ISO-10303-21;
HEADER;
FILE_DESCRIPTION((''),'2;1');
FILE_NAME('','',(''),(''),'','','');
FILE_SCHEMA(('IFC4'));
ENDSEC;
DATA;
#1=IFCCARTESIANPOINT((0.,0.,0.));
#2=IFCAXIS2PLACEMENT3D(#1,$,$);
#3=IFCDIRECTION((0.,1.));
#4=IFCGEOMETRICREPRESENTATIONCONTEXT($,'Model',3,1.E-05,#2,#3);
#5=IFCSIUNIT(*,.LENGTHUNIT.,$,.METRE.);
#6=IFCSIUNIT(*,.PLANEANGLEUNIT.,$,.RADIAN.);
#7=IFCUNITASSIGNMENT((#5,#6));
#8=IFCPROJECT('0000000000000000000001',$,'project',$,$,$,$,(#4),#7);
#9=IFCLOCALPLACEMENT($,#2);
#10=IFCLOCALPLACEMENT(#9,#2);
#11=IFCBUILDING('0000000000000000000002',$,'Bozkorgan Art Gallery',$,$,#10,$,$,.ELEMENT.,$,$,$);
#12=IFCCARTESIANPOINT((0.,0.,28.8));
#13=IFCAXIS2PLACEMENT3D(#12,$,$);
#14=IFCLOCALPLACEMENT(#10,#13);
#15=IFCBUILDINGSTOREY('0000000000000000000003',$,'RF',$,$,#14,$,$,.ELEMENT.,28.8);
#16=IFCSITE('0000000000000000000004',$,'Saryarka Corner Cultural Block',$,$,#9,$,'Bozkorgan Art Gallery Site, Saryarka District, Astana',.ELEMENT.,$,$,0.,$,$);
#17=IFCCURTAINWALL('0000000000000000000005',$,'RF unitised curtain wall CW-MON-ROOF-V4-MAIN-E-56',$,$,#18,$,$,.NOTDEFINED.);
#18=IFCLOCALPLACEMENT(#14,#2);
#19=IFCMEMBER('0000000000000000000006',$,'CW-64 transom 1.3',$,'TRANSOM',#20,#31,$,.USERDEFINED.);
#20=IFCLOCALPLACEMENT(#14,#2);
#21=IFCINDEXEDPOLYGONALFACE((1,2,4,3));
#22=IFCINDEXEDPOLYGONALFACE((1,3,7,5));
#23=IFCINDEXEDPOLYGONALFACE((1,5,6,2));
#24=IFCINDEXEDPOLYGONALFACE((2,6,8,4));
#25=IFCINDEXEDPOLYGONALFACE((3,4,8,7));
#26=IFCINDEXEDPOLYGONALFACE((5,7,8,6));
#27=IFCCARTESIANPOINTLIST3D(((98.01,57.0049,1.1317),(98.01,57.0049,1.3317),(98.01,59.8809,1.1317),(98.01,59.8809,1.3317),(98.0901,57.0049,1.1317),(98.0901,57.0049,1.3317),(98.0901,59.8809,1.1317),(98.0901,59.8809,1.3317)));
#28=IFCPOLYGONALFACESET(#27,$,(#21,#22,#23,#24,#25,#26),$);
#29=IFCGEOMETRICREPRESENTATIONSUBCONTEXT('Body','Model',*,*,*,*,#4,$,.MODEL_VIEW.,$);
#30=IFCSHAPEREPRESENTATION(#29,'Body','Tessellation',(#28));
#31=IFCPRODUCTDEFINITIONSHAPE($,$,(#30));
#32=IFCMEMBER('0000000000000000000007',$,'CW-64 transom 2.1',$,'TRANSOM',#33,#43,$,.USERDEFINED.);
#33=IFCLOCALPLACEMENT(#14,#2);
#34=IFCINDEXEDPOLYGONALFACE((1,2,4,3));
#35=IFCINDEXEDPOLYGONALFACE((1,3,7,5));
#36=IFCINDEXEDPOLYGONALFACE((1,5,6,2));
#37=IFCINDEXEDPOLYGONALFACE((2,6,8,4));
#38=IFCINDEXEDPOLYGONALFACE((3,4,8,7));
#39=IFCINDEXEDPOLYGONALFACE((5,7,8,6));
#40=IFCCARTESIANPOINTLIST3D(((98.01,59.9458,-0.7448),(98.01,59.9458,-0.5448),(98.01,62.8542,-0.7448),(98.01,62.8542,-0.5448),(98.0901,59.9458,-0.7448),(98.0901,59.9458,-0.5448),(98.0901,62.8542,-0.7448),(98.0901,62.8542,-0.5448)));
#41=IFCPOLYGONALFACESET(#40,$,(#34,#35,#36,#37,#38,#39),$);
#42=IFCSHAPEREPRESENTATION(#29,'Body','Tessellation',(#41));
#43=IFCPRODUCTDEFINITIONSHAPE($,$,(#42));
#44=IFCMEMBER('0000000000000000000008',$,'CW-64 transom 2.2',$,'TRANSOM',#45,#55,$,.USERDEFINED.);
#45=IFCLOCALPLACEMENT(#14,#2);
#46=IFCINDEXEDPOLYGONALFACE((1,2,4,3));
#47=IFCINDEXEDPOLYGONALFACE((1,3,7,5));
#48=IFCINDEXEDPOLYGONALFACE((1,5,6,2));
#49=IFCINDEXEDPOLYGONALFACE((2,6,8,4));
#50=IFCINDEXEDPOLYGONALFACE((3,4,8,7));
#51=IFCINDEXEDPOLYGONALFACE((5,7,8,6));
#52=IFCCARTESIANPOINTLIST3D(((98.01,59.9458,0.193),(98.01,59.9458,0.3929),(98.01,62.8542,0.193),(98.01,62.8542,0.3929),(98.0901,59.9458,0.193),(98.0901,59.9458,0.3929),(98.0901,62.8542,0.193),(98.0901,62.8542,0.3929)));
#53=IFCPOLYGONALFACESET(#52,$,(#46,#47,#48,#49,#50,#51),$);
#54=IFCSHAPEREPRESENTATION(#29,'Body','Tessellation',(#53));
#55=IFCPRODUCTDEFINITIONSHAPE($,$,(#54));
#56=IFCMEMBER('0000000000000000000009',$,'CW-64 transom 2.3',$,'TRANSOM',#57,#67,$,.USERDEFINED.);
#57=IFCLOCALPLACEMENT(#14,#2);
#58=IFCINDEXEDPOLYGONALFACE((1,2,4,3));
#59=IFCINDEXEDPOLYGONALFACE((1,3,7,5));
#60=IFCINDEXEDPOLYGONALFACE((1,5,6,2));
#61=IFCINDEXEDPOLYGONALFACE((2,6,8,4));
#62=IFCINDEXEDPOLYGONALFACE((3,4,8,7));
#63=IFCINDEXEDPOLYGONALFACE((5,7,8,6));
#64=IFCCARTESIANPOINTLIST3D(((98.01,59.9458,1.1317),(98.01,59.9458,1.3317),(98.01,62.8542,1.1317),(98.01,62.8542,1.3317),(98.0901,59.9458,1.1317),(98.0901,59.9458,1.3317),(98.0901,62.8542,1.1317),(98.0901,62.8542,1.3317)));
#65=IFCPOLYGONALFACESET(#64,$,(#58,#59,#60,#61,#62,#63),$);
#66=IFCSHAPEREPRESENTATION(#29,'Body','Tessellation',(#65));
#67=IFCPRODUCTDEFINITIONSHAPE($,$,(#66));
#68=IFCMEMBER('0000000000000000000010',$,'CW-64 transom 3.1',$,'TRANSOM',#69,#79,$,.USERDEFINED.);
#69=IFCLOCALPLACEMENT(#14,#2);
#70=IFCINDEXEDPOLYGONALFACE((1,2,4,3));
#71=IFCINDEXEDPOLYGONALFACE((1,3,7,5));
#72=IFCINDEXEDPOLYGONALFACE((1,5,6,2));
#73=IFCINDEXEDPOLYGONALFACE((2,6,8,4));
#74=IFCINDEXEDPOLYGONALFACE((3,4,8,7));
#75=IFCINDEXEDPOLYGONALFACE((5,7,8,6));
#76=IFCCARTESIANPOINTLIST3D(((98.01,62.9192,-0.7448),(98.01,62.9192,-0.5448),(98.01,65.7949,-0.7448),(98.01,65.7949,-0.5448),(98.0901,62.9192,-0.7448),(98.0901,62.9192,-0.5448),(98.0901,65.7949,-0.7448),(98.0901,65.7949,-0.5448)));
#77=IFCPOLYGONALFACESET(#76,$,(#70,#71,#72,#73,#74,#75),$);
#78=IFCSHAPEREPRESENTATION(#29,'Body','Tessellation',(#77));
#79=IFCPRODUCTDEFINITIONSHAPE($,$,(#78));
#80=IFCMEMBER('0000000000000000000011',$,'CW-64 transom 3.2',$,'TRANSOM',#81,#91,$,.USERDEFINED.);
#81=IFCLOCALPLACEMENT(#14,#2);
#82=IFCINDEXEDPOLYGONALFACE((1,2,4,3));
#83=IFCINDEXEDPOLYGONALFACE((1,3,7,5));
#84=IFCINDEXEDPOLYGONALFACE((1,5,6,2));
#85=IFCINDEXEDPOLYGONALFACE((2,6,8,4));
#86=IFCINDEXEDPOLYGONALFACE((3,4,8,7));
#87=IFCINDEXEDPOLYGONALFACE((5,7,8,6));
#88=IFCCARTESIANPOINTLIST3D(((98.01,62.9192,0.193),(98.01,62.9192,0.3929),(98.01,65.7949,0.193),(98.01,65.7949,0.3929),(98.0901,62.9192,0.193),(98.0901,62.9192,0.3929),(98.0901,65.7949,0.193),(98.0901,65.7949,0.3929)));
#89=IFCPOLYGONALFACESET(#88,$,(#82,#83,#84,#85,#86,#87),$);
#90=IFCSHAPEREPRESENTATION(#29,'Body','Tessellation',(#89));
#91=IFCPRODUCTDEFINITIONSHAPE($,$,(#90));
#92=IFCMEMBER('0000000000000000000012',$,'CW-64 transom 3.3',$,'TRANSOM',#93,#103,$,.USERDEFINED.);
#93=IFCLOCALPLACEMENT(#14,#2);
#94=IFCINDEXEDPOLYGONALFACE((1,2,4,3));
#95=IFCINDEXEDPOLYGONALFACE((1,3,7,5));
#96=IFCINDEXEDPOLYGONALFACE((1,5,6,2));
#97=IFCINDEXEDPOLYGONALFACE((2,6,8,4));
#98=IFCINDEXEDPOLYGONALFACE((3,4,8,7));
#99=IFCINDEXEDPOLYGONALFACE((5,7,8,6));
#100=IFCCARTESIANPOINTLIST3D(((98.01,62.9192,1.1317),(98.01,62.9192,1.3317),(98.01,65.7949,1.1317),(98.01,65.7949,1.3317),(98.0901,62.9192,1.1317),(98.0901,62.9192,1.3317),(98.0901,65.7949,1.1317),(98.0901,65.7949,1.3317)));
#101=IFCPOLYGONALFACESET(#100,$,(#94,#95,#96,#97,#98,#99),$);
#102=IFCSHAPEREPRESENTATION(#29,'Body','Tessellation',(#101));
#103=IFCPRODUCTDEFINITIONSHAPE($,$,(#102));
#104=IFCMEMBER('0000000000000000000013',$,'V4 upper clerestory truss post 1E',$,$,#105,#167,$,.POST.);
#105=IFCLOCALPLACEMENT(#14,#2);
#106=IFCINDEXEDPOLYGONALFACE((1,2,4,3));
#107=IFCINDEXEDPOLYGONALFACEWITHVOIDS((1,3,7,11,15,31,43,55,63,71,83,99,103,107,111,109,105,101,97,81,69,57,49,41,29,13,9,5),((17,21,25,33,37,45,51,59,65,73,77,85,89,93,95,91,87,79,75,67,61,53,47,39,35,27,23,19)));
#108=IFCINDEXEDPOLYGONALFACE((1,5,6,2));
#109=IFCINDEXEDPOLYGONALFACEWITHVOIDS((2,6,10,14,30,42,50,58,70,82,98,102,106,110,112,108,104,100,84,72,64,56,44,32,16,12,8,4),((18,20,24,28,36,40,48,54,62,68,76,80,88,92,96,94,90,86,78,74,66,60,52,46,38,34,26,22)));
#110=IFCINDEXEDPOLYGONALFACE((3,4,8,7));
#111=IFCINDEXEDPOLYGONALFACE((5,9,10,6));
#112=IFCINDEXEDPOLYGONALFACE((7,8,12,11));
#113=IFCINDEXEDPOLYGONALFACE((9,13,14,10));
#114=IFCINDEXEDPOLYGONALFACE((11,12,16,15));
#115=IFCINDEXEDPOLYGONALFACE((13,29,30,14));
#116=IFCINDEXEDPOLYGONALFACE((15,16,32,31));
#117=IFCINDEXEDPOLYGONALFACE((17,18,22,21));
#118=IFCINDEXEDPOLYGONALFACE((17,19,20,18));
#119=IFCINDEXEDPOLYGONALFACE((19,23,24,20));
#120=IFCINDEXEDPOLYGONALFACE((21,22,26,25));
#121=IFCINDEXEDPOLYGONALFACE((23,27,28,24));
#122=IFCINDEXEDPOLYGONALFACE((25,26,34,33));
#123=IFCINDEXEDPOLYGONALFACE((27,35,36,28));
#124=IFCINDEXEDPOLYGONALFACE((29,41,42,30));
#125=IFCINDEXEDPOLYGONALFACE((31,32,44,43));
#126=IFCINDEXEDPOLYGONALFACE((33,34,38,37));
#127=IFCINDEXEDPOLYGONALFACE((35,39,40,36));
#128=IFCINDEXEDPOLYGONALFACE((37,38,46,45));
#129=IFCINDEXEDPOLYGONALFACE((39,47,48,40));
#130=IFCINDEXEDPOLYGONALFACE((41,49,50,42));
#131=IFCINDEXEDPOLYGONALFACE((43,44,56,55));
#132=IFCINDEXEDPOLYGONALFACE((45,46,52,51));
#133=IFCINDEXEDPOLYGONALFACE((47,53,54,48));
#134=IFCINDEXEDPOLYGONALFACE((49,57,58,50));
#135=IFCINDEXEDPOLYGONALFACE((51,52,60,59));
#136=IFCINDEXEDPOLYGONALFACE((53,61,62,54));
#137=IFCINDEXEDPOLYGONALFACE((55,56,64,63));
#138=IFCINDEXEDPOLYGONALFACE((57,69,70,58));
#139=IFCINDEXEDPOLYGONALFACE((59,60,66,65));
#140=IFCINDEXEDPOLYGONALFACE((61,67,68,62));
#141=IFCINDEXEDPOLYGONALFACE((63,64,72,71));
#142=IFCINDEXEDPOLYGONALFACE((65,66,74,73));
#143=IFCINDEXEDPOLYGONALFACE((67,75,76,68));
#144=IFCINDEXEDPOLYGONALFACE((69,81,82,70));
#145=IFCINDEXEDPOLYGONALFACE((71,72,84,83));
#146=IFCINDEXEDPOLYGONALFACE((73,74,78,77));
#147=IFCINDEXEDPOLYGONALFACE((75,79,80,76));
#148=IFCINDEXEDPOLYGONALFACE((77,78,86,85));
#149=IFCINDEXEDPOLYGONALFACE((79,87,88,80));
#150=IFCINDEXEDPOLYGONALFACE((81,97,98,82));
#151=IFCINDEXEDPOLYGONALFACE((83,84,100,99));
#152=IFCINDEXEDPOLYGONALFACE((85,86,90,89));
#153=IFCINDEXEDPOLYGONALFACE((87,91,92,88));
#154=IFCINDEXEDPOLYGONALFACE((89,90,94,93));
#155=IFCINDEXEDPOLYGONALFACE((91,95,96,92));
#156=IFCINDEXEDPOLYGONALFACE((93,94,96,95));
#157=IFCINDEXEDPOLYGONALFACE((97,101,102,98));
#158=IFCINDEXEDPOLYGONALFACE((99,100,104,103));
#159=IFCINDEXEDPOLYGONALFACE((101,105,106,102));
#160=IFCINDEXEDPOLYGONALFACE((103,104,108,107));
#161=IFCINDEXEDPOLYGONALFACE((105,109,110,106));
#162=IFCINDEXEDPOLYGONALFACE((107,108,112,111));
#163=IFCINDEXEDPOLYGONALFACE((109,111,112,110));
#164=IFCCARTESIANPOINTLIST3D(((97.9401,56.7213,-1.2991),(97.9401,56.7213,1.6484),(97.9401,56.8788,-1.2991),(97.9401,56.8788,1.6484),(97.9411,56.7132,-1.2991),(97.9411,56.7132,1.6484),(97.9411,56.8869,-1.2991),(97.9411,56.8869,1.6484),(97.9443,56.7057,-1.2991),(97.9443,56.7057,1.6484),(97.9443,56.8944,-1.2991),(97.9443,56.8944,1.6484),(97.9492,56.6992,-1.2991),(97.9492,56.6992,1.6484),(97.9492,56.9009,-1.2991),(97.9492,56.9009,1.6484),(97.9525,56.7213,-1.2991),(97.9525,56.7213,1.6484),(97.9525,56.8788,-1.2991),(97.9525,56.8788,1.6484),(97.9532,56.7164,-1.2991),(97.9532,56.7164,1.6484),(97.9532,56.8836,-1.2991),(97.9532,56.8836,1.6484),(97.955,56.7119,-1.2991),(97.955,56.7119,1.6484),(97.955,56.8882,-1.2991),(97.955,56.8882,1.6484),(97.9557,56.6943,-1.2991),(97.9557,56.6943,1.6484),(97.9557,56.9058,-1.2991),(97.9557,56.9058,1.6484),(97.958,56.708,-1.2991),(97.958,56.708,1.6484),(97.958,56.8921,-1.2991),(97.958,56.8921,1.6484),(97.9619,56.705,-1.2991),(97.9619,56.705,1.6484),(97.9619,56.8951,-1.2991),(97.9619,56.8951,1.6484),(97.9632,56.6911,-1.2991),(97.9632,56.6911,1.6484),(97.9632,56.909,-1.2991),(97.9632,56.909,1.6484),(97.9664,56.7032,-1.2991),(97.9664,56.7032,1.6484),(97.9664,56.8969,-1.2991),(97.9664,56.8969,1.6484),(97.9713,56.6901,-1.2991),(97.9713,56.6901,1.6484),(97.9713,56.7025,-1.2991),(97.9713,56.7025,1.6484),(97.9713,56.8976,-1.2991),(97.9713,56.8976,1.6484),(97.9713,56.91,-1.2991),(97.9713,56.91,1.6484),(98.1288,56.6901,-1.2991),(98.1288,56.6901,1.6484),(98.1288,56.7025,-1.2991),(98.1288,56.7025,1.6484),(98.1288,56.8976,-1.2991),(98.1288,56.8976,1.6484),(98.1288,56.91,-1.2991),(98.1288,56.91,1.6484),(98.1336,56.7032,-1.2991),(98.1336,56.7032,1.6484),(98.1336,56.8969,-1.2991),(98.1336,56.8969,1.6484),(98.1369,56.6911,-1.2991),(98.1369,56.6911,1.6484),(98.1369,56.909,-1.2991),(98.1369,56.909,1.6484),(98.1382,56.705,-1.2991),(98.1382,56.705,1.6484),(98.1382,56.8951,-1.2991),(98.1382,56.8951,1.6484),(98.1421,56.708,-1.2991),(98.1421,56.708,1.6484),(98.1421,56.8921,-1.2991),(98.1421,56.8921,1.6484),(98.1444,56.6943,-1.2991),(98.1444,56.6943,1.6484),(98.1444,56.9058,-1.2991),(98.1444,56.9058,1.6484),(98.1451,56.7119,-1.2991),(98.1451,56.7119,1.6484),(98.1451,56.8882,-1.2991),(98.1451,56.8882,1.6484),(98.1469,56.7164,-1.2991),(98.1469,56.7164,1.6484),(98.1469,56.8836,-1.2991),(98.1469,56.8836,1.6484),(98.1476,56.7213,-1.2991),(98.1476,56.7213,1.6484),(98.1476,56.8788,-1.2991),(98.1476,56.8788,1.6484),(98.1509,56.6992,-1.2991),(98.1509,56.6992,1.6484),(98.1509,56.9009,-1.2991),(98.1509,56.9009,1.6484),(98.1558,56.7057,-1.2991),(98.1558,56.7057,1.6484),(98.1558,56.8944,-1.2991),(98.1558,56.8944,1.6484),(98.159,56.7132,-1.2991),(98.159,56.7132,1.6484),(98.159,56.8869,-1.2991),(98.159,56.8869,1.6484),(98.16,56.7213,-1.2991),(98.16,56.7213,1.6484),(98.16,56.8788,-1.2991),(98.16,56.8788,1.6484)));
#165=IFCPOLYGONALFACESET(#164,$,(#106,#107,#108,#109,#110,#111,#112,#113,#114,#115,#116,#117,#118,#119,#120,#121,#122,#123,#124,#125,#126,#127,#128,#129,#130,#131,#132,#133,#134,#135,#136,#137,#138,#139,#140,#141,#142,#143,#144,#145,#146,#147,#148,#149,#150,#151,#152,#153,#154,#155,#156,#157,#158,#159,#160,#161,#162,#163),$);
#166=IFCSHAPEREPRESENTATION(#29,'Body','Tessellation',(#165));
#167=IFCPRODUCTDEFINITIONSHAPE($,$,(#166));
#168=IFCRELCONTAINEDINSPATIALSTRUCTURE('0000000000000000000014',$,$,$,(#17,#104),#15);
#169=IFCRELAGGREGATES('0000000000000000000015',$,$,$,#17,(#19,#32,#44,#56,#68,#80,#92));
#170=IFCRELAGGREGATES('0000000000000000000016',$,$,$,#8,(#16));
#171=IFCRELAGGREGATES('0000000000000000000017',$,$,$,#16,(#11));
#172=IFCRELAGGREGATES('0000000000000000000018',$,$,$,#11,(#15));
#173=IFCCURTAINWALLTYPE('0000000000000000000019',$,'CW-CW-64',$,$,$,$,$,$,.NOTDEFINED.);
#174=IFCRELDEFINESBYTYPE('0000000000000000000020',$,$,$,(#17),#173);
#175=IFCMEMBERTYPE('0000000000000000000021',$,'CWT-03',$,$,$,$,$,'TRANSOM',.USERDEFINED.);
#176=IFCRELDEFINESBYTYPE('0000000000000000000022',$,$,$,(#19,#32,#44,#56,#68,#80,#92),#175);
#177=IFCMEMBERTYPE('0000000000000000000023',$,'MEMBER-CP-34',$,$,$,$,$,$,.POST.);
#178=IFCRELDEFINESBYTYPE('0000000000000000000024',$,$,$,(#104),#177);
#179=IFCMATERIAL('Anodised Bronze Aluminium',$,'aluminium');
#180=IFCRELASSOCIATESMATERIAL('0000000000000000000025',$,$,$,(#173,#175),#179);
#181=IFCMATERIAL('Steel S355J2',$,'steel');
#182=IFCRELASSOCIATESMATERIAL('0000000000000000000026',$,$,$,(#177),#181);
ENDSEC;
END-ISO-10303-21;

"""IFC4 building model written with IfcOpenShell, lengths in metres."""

from ifc_helpers import new_model, si_unit, direction, frame, origin, origin_2d, place, context, subcontext, project, spatial, rectangle, hollow_rectangle, extrude, material, material_profile, profile_set, type_object, element, aggregate, save


model = new_model("IFC4")

# Units and contexts
model_context = context("Model", 3, precision=1e-05, world=origin(), true_north=direction((0.0, 1.0)))
body_context = subcontext(model_context, "Body", "Model", "MODEL_VIEW")
ifc_project = project(units=[si_unit("LENGTHUNIT", "METRE"), si_unit("PLANEANGLEUNIT", "RADIAN")], contexts=[model_context])

# Site, building, storey
site_placement = place(None, origin())
site = spatial("IfcSite", under=ifc_project, at=site_placement, Name="Saryarka Corner Cultural Block", LongName="Bozkorgan Art Gallery Site, Saryarka District, Astana", CompositionType="ELEMENT", RefElevation=0.0)
building_placement = place(site_placement, origin())
building = spatial("IfcBuilding", under=site, at=building_placement, Name="Bozkorgan Art Gallery", CompositionType="ELEMENT")
storey_placement = place(building_placement, frame((0.0, 0.0, 28.8)))
storey = spatial("IfcBuildingStorey", under=building, at=storey_placement, Name="RF", CompositionType="ELEMENT", Elevation=28.8)

# Shared definitions
ifc_material_1 = material(Name="Steel S355J2", Category="steel")

# Curtain wall
ifc_material_2 = material(Name="Anodised Bronze Aluminium", Category="aluminium")
curtain_wall_type_1 = type_object("IfcCurtainWallType", Name="CW-CW-64", PredefinedType="NOTDEFINED", material=ifc_material_2)
curtain_wall_1_placement = place(storey_placement, origin())
curtain_wall_1 = element("IfcCurtainWall", 1, at=curtain_wall_1_placement, inside=storey, type_object=curtain_wall_type_1, Name="RF unitised curtain wall CW-MON-ROOF-V4-MAIN-E-56", PredefinedType="NOTDEFINED")

# Members
ifc_material_profile_1 = material_profile(ifc_material_2, rectangle(XDim=0.0801, YDim=0.2, at=origin_2d()), Name="ALU TRANSOM 80x200")
ifc_profile_set_1 = profile_set([ifc_material_profile_1], Name="Anodised Bronze Aluminium")
member_type_1 = type_object("IfcMemberType", Name="CWT-03", ElementType="TRANSOM", PredefinedType="USERDEFINED", material=ifc_profile_set_1)
member_1_placement = place(storey_placement, frame((98.05, 57.0049, 1.2317), z_axis=(0.0, 1.0, 0.0), x_axis=(-1.0, 0.0, 0.0)))
member_1 = element("IfcMember", 2, at=member_1_placement, type_object=member_type_1, Name="CW-64 transom 1.3", ObjectType="TRANSOM", PredefinedType="USERDEFINED", context=body_context, shape_type="SweptSolid", body=[
    extrude(rectangle(XDim=0.0801, YDim=0.2, at=origin_2d()), origin(), (0.0, 0.0, 1.0), 2.876),
])
member_2_placement = place(storey_placement, frame((98.05, 59.9458, -0.6448), z_axis=(0.0, 1.0, 0.0), x_axis=(-1.0, 0.0, 0.0)))
member_2 = element("IfcMember", 3, at=member_2_placement, type_object=member_type_1, Name="CW-64 transom 2.1", ObjectType="TRANSOM", PredefinedType="USERDEFINED", context=body_context, shape_type="SweptSolid", body=[
    extrude(rectangle(XDim=0.0801, YDim=0.2, at=origin_2d()), origin(), (0.0, 0.0, 1.0), 2.9084),
])
member_3_placement = place(storey_placement, frame((98.05, 59.9458, 0.293), z_axis=(0.0, 1.0, 0.0), x_axis=(-1.0, 0.0, 0.0)))
member_3 = element("IfcMember", 4, at=member_3_placement, type_object=member_type_1, Name="CW-64 transom 2.2", ObjectType="TRANSOM", PredefinedType="USERDEFINED", context=body_context, shape_type="SweptSolid", body=[
    extrude(rectangle(XDim=0.0801, YDim=0.2, at=origin_2d()), origin(), (0.0, 0.0, 1.0), 2.9084),
])
member_4_placement = place(storey_placement, frame((98.05, 59.9458, 1.2317), z_axis=(0.0, 1.0, 0.0), x_axis=(-1.0, 0.0, 0.0)))
member_4 = element("IfcMember", 5, at=member_4_placement, type_object=member_type_1, Name="CW-64 transom 2.3", ObjectType="TRANSOM", PredefinedType="USERDEFINED", context=body_context, shape_type="SweptSolid", body=[
    extrude(rectangle(XDim=0.0801, YDim=0.2, at=origin_2d()), origin(), (0.0, 0.0, 1.0), 2.9084),
])
member_5_placement = place(storey_placement, frame((98.05, 62.9192, -0.6448), z_axis=(0.0, 1.0, 0.0), x_axis=(-1.0, 0.0, 0.0)))
member_5 = element("IfcMember", 6, at=member_5_placement, type_object=member_type_1, Name="CW-64 transom 3.1", ObjectType="TRANSOM", PredefinedType="USERDEFINED", context=body_context, shape_type="SweptSolid", body=[
    extrude(rectangle(XDim=0.0801, YDim=0.2, at=origin_2d()), origin(), (0.0, 0.0, 1.0), 2.8757),
])
member_6_placement = place(storey_placement, frame((98.05, 62.9192, 0.293), z_axis=(0.0, 1.0, 0.0), x_axis=(-1.0, 0.0, 0.0)))
member_6 = element("IfcMember", 7, at=member_6_placement, type_object=member_type_1, Name="CW-64 transom 3.2", ObjectType="TRANSOM", PredefinedType="USERDEFINED", context=body_context, shape_type="SweptSolid", body=[
    extrude(rectangle(XDim=0.0801, YDim=0.2, at=origin_2d()), origin(), (0.0, 0.0, 1.0), 2.8757),
])
member_7_placement = place(storey_placement, frame((98.05, 62.9192, 1.2317), z_axis=(0.0, 1.0, 0.0), x_axis=(-1.0, 0.0, 0.0)))
member_7 = element("IfcMember", 8, at=member_7_placement, type_object=member_type_1, Name="CW-64 transom 3.3", ObjectType="TRANSOM", PredefinedType="USERDEFINED", context=body_context, shape_type="SweptSolid", body=[
    extrude(rectangle(XDim=0.0801, YDim=0.2, at=origin_2d()), origin(), (0.0, 0.0, 1.0), 2.8757),
])

# Member
ifc_material_profile_2 = material_profile(ifc_material_1, hollow_rectangle(XDim=0.22, YDim=0.22, WallThickness=0.0125, InnerFilletRadius=0.0188, OuterFilletRadius=0.0312, at=origin_2d()), Name="SHS 220x220x12.5")
ifc_profile_set_2 = profile_set([ifc_material_profile_2], Name="Steel S355J2")
member_type_2 = type_object("IfcMemberType", Name="MEMBER-CP-34", PredefinedType="POST", material=ifc_profile_set_2)
member_8_placement = place(storey_placement, frame((98.05, 56.8, -1.2991), z_axis=(0.0, 0.0, 1.0), x_axis=(1.0, 0.0, 0.0)))
element("IfcMember", 9, at=member_8_placement, inside=storey, type_object=member_type_2, Name="V4 upper clerestory truss post 1E", PredefinedType="POST", context=body_context, shape_type="SweptSolid", body=[
    extrude(hollow_rectangle(XDim=0.22, YDim=0.22, WallThickness=0.0125, InnerFilletRadius=0.0188, OuterFilletRadius=0.0312, at=origin_2d()), origin(), (0.0, 0.0, 1.0), 2.9475),
])

aggregate(curtain_wall_1, [member_1, member_2, member_3, member_4, member_5, member_6, member_7])

save(model, "model.ifc")
